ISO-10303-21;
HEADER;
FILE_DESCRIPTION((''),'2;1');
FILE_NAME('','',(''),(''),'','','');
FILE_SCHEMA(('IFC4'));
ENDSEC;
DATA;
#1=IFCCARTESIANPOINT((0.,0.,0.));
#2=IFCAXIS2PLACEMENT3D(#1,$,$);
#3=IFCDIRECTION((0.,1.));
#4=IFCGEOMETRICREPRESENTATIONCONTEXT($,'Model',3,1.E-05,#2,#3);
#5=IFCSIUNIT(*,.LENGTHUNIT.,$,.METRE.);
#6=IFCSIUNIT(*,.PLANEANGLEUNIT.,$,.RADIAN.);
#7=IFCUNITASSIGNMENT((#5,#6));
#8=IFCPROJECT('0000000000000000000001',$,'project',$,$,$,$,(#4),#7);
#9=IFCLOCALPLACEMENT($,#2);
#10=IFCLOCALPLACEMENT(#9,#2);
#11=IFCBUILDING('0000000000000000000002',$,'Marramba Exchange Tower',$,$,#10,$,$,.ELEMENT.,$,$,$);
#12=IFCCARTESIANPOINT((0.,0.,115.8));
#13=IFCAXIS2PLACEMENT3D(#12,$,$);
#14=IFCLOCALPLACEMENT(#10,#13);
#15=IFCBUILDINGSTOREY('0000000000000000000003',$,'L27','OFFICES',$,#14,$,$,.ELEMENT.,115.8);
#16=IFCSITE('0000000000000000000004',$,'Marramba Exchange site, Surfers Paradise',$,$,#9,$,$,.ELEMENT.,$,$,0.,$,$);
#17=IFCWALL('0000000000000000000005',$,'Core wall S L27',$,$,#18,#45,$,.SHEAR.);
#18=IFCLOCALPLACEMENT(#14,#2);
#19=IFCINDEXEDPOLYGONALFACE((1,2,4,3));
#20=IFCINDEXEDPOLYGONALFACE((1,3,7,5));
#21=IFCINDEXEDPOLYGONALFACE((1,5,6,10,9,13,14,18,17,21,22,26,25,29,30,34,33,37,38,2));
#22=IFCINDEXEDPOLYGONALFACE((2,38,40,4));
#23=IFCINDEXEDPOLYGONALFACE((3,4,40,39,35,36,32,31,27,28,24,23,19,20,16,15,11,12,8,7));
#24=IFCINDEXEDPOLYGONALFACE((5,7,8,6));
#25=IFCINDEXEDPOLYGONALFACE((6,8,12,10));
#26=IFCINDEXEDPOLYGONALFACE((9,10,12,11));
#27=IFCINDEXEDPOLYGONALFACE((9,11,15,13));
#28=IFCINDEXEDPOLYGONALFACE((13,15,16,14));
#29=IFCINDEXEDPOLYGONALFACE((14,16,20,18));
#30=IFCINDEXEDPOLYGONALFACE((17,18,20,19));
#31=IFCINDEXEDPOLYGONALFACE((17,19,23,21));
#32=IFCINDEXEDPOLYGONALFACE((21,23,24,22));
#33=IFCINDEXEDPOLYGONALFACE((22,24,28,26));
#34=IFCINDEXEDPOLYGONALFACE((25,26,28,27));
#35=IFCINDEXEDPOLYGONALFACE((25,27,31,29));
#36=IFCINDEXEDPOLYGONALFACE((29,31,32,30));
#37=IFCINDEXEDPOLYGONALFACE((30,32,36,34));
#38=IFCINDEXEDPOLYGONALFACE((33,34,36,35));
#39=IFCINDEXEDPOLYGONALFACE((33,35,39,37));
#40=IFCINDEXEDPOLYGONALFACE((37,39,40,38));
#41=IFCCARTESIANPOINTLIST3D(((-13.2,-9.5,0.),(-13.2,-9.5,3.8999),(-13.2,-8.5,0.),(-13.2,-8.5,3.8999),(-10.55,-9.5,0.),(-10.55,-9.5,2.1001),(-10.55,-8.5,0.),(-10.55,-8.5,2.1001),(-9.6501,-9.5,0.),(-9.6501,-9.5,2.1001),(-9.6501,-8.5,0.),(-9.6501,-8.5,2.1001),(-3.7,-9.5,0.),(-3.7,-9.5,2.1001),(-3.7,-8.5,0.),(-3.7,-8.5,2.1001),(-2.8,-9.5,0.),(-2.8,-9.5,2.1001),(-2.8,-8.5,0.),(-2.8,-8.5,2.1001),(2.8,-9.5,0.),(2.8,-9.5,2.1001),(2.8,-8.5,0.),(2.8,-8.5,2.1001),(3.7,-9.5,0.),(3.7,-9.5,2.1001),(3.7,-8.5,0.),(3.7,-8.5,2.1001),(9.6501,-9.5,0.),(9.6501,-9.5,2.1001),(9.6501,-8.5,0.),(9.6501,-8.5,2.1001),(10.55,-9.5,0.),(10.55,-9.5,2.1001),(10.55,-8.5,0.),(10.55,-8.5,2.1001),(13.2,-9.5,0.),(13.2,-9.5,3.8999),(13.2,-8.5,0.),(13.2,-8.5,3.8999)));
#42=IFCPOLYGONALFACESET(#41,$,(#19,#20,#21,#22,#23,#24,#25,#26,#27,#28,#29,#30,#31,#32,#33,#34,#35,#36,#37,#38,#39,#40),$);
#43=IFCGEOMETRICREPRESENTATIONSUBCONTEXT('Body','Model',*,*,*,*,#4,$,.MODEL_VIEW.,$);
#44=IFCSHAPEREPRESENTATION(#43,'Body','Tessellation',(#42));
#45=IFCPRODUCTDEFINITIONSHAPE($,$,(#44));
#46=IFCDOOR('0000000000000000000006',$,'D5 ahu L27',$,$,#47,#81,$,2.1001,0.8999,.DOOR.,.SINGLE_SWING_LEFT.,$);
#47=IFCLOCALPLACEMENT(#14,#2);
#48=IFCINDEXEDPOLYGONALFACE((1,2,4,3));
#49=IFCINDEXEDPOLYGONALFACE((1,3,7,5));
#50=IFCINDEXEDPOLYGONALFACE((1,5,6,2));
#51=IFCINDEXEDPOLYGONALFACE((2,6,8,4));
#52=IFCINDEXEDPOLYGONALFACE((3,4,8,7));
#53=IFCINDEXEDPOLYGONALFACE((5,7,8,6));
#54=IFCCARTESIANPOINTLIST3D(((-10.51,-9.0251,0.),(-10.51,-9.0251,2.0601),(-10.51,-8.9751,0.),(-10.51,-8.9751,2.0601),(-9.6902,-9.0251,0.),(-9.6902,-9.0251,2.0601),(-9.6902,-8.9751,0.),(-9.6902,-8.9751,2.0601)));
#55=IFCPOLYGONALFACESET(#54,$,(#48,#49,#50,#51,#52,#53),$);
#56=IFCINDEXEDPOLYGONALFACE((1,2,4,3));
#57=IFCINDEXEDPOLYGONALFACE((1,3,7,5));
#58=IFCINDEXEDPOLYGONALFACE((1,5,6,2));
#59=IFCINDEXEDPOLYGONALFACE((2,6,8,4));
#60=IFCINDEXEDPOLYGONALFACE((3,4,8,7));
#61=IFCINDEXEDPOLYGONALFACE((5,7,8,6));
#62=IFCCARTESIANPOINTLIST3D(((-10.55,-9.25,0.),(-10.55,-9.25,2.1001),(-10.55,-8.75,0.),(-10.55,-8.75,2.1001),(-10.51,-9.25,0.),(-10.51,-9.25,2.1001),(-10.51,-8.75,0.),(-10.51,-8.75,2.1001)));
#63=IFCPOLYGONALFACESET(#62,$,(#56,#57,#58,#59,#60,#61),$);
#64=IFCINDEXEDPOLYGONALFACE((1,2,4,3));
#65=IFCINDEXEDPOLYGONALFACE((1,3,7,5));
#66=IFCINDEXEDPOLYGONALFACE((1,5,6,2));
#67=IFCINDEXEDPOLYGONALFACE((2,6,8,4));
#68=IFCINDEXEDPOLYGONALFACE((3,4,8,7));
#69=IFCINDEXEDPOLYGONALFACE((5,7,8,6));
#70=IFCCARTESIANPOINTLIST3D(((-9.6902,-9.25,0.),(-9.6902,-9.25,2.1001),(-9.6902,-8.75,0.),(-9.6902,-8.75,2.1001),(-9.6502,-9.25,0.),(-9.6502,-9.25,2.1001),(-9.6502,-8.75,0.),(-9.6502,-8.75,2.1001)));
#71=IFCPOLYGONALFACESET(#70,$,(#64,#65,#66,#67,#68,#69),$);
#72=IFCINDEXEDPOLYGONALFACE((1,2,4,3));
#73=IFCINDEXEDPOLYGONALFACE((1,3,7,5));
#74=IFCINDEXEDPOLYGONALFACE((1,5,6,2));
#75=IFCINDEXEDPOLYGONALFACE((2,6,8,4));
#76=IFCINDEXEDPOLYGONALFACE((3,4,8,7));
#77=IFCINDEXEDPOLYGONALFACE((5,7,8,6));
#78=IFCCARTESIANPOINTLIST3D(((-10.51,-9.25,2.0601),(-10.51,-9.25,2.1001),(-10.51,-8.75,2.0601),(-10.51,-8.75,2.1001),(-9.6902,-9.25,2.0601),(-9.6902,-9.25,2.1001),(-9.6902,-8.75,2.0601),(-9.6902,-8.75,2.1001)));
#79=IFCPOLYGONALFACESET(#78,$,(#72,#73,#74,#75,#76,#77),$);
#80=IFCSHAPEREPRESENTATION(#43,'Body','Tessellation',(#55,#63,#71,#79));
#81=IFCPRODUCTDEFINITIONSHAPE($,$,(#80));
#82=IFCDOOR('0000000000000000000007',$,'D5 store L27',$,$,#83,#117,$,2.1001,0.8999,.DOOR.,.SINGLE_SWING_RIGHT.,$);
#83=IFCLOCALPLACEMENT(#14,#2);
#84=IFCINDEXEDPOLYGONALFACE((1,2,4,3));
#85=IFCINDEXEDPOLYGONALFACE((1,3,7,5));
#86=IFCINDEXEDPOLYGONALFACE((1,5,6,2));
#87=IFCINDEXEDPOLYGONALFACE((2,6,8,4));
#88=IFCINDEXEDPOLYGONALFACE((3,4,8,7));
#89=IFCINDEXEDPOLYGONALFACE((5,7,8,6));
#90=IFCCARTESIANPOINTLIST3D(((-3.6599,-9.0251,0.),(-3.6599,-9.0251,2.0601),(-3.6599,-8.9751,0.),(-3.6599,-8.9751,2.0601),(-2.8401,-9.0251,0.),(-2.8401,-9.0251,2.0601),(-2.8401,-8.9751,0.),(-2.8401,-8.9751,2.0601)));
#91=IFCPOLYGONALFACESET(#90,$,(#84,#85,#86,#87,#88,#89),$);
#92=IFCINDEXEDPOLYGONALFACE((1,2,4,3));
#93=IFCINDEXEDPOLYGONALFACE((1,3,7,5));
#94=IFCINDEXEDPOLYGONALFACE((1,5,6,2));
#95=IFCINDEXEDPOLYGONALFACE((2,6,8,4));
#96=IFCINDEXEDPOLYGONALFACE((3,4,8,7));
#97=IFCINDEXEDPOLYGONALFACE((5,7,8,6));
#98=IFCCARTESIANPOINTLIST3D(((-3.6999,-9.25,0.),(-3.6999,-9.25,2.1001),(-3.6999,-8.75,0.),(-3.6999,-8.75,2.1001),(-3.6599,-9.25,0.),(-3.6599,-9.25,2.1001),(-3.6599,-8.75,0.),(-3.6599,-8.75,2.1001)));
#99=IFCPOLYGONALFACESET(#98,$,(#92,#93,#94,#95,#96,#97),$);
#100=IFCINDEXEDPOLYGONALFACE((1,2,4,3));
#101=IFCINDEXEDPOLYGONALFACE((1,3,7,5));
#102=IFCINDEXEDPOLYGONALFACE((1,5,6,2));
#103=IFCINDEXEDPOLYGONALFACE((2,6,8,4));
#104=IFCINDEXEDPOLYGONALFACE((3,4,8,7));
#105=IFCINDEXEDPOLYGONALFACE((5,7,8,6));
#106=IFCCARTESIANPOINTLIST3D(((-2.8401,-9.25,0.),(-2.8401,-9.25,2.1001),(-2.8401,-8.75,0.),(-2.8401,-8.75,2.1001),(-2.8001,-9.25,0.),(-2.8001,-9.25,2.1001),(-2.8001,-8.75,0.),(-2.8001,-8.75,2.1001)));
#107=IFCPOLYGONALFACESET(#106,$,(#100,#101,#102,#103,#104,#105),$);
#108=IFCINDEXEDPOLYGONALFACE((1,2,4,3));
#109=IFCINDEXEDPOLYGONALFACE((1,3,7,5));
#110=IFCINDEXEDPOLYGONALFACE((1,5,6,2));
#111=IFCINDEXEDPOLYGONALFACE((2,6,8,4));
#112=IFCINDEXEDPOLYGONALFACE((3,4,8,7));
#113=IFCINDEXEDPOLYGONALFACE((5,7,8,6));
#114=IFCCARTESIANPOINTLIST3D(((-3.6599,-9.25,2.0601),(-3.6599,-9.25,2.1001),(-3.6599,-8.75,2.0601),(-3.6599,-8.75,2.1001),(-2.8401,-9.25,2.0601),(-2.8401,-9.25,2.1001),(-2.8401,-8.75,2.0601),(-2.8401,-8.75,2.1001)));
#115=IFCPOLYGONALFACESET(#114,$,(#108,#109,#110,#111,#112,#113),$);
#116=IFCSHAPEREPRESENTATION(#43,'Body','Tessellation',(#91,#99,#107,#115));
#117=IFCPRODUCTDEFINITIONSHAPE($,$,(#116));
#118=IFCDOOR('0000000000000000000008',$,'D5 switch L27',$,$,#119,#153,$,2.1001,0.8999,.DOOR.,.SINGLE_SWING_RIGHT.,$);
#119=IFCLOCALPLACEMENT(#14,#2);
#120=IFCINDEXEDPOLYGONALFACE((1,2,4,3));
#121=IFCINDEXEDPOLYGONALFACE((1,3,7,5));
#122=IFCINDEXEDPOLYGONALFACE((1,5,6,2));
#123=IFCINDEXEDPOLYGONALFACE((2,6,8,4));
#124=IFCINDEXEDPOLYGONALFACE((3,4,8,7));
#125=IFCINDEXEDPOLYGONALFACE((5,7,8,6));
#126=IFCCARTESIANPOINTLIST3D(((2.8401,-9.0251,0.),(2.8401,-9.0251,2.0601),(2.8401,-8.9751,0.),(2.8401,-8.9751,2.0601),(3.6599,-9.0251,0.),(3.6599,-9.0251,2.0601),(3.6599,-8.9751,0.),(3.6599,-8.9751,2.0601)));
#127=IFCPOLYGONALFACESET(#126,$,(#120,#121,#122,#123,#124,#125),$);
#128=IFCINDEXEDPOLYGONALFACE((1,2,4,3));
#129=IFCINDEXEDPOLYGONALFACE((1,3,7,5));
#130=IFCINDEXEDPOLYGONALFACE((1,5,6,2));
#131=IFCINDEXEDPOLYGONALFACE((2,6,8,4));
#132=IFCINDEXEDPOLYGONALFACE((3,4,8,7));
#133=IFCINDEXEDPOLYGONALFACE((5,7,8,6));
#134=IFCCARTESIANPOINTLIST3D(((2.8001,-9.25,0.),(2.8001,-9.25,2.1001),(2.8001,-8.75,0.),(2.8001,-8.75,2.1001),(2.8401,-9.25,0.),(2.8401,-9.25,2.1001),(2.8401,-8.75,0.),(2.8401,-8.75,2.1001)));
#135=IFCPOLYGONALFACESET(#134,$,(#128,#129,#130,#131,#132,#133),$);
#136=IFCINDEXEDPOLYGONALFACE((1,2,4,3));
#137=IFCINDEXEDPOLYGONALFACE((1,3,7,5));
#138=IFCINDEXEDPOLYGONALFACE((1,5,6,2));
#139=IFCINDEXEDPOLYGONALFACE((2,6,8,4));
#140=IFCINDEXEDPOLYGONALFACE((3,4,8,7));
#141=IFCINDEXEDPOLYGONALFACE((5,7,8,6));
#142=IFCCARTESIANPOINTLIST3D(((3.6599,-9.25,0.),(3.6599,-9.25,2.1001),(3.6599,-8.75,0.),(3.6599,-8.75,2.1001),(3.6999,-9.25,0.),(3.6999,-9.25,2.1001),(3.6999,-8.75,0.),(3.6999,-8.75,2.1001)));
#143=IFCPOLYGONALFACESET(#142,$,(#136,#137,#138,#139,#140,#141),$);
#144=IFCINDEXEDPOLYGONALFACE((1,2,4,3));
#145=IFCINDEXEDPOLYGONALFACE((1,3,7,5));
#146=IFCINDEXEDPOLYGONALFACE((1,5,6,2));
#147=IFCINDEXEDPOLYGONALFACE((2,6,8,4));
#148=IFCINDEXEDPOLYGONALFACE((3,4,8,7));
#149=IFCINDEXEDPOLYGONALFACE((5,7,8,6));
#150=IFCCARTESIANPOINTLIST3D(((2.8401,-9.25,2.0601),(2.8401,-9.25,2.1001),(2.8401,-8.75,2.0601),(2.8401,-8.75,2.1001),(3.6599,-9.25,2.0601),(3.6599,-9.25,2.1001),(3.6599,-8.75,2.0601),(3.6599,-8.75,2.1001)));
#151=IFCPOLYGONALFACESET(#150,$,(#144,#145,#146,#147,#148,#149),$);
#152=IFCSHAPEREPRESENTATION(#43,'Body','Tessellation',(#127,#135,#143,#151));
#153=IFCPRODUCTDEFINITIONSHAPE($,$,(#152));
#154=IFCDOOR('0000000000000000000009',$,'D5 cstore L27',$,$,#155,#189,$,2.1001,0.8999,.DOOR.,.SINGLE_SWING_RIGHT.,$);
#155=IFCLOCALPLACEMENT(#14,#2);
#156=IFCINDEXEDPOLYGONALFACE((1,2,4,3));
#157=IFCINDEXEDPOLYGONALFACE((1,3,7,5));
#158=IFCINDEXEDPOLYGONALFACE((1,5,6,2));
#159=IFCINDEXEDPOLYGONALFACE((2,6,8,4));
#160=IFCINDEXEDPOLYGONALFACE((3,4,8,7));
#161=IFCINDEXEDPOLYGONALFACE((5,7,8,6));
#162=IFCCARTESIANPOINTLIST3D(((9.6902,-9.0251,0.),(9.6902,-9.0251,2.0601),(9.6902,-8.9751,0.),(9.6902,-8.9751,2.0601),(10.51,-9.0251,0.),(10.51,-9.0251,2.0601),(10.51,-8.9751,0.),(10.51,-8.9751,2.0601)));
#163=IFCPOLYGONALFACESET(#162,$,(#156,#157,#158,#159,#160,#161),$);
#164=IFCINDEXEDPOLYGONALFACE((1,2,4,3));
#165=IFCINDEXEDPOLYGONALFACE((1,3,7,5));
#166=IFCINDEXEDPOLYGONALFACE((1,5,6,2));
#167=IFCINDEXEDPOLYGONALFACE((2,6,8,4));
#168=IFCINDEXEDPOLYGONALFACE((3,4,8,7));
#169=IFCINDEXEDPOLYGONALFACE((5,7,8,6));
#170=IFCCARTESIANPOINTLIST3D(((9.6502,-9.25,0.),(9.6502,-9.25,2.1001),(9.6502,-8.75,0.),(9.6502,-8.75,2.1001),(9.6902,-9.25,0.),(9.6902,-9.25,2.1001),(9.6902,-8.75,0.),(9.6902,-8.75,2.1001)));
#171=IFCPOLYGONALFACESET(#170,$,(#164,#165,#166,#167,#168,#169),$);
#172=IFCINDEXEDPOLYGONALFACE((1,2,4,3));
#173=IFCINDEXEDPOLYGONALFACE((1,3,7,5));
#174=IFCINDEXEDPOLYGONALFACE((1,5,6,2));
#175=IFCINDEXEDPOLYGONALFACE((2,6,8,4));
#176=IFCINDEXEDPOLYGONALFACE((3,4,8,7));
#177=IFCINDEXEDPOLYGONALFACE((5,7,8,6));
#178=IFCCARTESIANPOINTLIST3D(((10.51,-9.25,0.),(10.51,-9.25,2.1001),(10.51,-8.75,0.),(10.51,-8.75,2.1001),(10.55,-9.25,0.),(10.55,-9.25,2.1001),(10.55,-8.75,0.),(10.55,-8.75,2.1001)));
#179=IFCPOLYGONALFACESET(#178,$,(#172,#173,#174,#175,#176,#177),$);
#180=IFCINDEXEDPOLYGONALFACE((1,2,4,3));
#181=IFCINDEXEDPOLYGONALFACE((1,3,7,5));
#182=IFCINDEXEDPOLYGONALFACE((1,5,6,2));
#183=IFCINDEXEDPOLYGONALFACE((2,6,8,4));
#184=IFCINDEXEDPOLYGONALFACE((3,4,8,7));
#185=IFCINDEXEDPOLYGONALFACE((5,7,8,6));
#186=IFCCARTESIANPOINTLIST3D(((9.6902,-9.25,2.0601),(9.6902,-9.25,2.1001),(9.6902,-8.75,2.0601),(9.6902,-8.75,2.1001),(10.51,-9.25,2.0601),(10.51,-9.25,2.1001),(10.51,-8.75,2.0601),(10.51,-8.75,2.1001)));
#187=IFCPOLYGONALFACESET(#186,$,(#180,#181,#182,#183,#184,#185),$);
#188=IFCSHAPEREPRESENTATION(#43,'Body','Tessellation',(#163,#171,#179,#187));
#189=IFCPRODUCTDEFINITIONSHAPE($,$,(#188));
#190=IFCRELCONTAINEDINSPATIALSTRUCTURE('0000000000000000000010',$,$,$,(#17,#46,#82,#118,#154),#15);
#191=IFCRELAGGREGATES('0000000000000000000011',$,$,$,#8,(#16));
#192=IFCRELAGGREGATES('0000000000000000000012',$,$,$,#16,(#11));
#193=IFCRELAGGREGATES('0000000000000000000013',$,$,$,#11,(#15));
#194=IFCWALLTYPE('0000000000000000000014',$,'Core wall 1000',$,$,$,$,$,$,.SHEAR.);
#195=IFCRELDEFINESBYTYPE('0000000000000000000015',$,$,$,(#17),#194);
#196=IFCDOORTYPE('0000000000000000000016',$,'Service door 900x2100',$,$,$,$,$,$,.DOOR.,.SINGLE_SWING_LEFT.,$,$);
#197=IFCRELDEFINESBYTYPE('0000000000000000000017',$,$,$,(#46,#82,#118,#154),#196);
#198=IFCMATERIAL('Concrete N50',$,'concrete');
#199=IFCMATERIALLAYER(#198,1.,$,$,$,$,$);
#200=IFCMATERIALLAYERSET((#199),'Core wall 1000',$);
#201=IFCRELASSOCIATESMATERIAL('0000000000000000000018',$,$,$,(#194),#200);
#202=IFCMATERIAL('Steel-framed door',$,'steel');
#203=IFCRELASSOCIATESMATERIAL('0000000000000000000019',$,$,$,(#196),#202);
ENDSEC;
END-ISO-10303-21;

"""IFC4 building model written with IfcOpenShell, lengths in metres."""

from ifc_helpers import new_model, si_unit, direction, frame, frame_2d, origin, place, context, subcontext, project, spatial, rectangle, extrude, material, layer, layer_set, type_object, element, fill, save


model = new_model("IFC4")

# Units and contexts
model_context = context("Model", 3, precision=1e-05, world=origin(), true_north=direction((0.0, 1.0)))
body_context = subcontext(model_context, "Body", "Model", "MODEL_VIEW")
ifc_project = project(units=[si_unit("LENGTHUNIT", "METRE"), si_unit("PLANEANGLEUNIT", "RADIAN")], contexts=[model_context])

# Site, building, storey
site_placement = place(None, origin())
site = spatial("IfcSite", under=ifc_project, at=site_placement, Name="Marramba Exchange site, Surfers Paradise", CompositionType="ELEMENT", RefElevation=0.0)
building_placement = place(site_placement, origin())
building = spatial("IfcBuilding", under=site, at=building_placement, Name="Marramba Exchange Tower", CompositionType="ELEMENT")
storey_placement = place(building_placement, frame((0.0, 0.0, 115.8)))
storey = spatial("IfcBuildingStorey", under=building, at=storey_placement, Name="L27", Description="OFFICES", CompositionType="ELEMENT", Elevation=115.8)

# Shared definitions
ifc_material_1 = material(Name="Concrete N50", Category="concrete")

# Wall, openings, doors
ifc_layer_1 = layer(ifc_material_1, 1.0)
ifc_layer_set_1 = layer_set([ifc_layer_1], Name="Core wall 1000")
wall_type_1 = type_object("IfcWallType", Name="Core wall 1000", PredefinedType="SHEAR", material=ifc_layer_set_1)
wall_1_placement = place(storey_placement, frame((-13.2, -9.0, 0.0), z_axis=(0.0, 0.0, 1.0), x_axis=(1.0, 0.0, 0.0)))
wall_1 = element("IfcWall", 1, at=wall_1_placement, inside=storey, type_object=wall_type_1, Name="Core wall S L27", PredefinedType="SHEAR", context=body_context, shape_type="SweptSolid", body=[
    extrude(rectangle(XDim=26.3999, YDim=1.0, at=frame_2d((13.2, 0.0))), origin(), (0.0, 0.0, 1.0), 3.8999),
])
opening_1_placement = place(wall_1_placement, frame((2.6499, 0.0, 0.0)))
opening_1 = element("IfcOpeningElement", 2, at=opening_1_placement, cuts=wall_1, PredefinedType="OPENING", context=body_context, shape_type="SweptSolid", body=[
    extrude(rectangle(XDim=0.8999, YDim=2.1001, at=frame_2d((0.45, 1.05))), frame((0.0, 0.51, 0.0), z_axis=(0.0, -1.0, 0.0), x_axis=(1.0, 0.0, 0.0)), (0.0, 0.0, 1.0), 1.02),
])
opening_2_placement = place(wall_1_placement, frame((9.5, 0.0, 0.0)))
opening_2 = element("IfcOpeningElement", 3, at=opening_2_placement, cuts=wall_1, PredefinedType="OPENING", context=body_context, shape_type="SweptSolid", body=[
    extrude(rectangle(XDim=0.8999, YDim=2.1001, at=frame_2d((0.45, 1.05))), frame((0.0, 0.51, 0.0), z_axis=(0.0, -1.0, 0.0), x_axis=(1.0, 0.0, 0.0)), (0.0, 0.0, 1.0), 1.02),
])
opening_3_placement = place(wall_1_placement, frame((16.0, 0.0, 0.0)))
opening_3 = element("IfcOpeningElement", 4, at=opening_3_placement, cuts=wall_1, PredefinedType="OPENING", context=body_context, shape_type="SweptSolid", body=[
    extrude(rectangle(XDim=0.8999, YDim=2.1001, at=frame_2d((0.45, 1.05))), frame((0.0, 0.51, 0.0), z_axis=(0.0, -1.0, 0.0), x_axis=(1.0, 0.0, 0.0)), (0.0, 0.0, 1.0), 1.02),
])
opening_4_placement = place(wall_1_placement, frame((22.8501, 0.0, 0.0)))
opening_4 = element("IfcOpeningElement", 5, at=opening_4_placement, cuts=wall_1, PredefinedType="OPENING", context=body_context, shape_type="SweptSolid", body=[
    extrude(rectangle(XDim=0.8999, YDim=2.1001, at=frame_2d((0.45, 1.05))), frame((0.0, 0.51, 0.0), z_axis=(0.0, -1.0, 0.0), x_axis=(1.0, 0.0, 0.0)), (0.0, 0.0, 1.0), 1.02),
])
ifc_material_2 = material(Name="Steel-framed door", Category="steel")
door_type_1 = type_object("IfcDoorType", Name="Service door 900x2100", OperationType="SINGLE_SWING_LEFT", PredefinedType="DOOR", material=ifc_material_2)
door_1_placement = place(opening_1_placement, origin())
door_1 = element("IfcDoor", 6, at=door_1_placement, inside=storey, type_object=door_type_1, Name="D5 ahu L27", OperationType="SINGLE_SWING_LEFT", OverallHeight=2.1001, OverallWidth=0.8999, PredefinedType="DOOR", context=body_context, shape_type="SweptSolid", body=[
    extrude(rectangle(XDim=0.8198, YDim=2.0601, at=frame_2d((0.45, 1.03))), frame((0.0, 0.0249, 0.0), z_axis=(0.0, -1.0, 0.0), x_axis=(1.0, 0.0, 0.0)), (0.0, 0.0, 1.0), 0.05),
    extrude(rectangle(XDim=0.04, YDim=2.1001, at=frame_2d((0.02, 1.05))), frame((0.0, 0.25, 0.0), z_axis=(0.0, -1.0, 0.0), x_axis=(1.0, 0.0, 0.0)), (0.0, 0.0, 1.0), 0.5),
    extrude(rectangle(XDim=0.04, YDim=2.1001, at=frame_2d((0.8799, 1.05))), frame((0.0, 0.25, 0.0), z_axis=(0.0, -1.0, 0.0), x_axis=(1.0, 0.0, 0.0)), (0.0, 0.0, 1.0), 0.5),
    extrude(rectangle(XDim=0.8198, YDim=0.04, at=frame_2d((0.45, 2.0801))), frame((0.0, 0.25, 0.0), z_axis=(0.0, -1.0, 0.0), x_axis=(1.0, 0.0, 0.0)), (0.0, 0.0, 1.0), 0.5),
])
fill(opening_1, door_1)
door_2_placement = place(opening_2_placement, origin())
door_2 = element("IfcDoor", 7, at=door_2_placement, inside=storey, type_object=door_type_1, Name="D5 store L27", OperationType="SINGLE_SWING_RIGHT", OverallHeight=2.1001, OverallWidth=0.8999, PredefinedType="DOOR", context=body_context, shape_type="SweptSolid", body=[
    extrude(rectangle(XDim=0.8198, YDim=2.0601, at=frame_2d((0.45, 1.03))), frame((0.0, 0.0249, 0.0), z_axis=(0.0, -1.0, 0.0), x_axis=(1.0, 0.0, 0.0)), (0.0, 0.0, 1.0), 0.05),
    extrude(rectangle(XDim=0.04, YDim=2.1001, at=frame_2d((0.02, 1.05))), frame((0.0, 0.25, 0.0), z_axis=(0.0, -1.0, 0.0), x_axis=(1.0, 0.0, 0.0)), (0.0, 0.0, 1.0), 0.5),
    extrude(rectangle(XDim=0.04, YDim=2.1001, at=frame_2d((0.8799, 1.05))), frame((0.0, 0.25, 0.0), z_axis=(0.0, -1.0, 0.0), x_axis=(1.0, 0.0, 0.0)), (0.0, 0.0, 1.0), 0.5),
    extrude(rectangle(XDim=0.8198, YDim=0.04, at=frame_2d((0.45, 2.0801))), frame((0.0, 0.25, 0.0), z_axis=(0.0, -1.0, 0.0), x_axis=(1.0, 0.0, 0.0)), (0.0, 0.0, 1.0), 0.5),
])
fill(opening_2, door_2)
door_3_placement = place(opening_3_placement, origin())
door_3 = element("IfcDoor", 8, at=door_3_placement, inside=storey, type_object=door_type_1, Name="D5 switch L27", OperationType="SINGLE_SWING_RIGHT", OverallHeight=2.1001, OverallWidth=0.8999, PredefinedType="DOOR", context=body_context, shape_type="SweptSolid", body=[
    extrude(rectangle(XDim=0.8198, YDim=2.0601, at=frame_2d((0.45, 1.03))), frame((0.0, 0.0249, 0.0), z_axis=(0.0, -1.0, 0.0), x_axis=(1.0, 0.0, 0.0)), (0.0, 0.0, 1.0), 0.05),
    extrude(rectangle(XDim=0.04, YDim=2.1001, at=frame_2d((0.02, 1.05))), frame((0.0, 0.25, 0.0), z_axis=(0.0, -1.0, 0.0), x_axis=(1.0, 0.0, 0.0)), (0.0, 0.0, 1.0), 0.5),
    extrude(rectangle(XDim=0.04, YDim=2.1001, at=frame_2d((0.8799, 1.05))), frame((0.0, 0.25, 0.0), z_axis=(0.0, -1.0, 0.0), x_axis=(1.0, 0.0, 0.0)), (0.0, 0.0, 1.0), 0.5),
    extrude(rectangle(XDim=0.8198, YDim=0.04, at=frame_2d((0.45, 2.0801))), frame((0.0, 0.25, 0.0), z_axis=(0.0, -1.0, 0.0), x_axis=(1.0, 0.0, 0.0)), (0.0, 0.0, 1.0), 0.5),
])
fill(opening_3, door_3)
door_4_placement = place(opening_4_placement, origin())
door_4 = element("IfcDoor", 9, at=door_4_placement, inside=storey, type_object=door_type_1, Name="D5 cstore L27", OperationType="SINGLE_SWING_RIGHT", OverallHeight=2.1001, OverallWidth=0.8999, PredefinedType="DOOR", context=body_context, shape_type="SweptSolid", body=[
    extrude(rectangle(XDim=0.8198, YDim=2.0601, at=frame_2d((0.45, 1.03))), frame((0.0, 0.0249, 0.0), z_axis=(0.0, -1.0, 0.0), x_axis=(1.0, 0.0, 0.0)), (0.0, 0.0, 1.0), 0.05),
    extrude(rectangle(XDim=0.04, YDim=2.1001, at=frame_2d((0.02, 1.05))), frame((0.0, 0.25, 0.0), z_axis=(0.0, -1.0, 0.0), x_axis=(1.0, 0.0, 0.0)), (0.0, 0.0, 1.0), 0.5),
    extrude(rectangle(XDim=0.04, YDim=2.1001, at=frame_2d((0.8799, 1.05))), frame((0.0, 0.25, 0.0), z_axis=(0.0, -1.0, 0.0), x_axis=(1.0, 0.0, 0.0)), (0.0, 0.0, 1.0), 0.5),
    extrude(rectangle(XDim=0.8198, YDim=0.04, at=frame_2d((0.45, 2.0801))), frame((0.0, 0.25, 0.0), z_axis=(0.0, -1.0, 0.0), x_axis=(1.0, 0.0, 0.0)), (0.0, 0.0, 1.0), 0.5),
])
fill(opening_4, door_4)

save(model, "model.ifc")
